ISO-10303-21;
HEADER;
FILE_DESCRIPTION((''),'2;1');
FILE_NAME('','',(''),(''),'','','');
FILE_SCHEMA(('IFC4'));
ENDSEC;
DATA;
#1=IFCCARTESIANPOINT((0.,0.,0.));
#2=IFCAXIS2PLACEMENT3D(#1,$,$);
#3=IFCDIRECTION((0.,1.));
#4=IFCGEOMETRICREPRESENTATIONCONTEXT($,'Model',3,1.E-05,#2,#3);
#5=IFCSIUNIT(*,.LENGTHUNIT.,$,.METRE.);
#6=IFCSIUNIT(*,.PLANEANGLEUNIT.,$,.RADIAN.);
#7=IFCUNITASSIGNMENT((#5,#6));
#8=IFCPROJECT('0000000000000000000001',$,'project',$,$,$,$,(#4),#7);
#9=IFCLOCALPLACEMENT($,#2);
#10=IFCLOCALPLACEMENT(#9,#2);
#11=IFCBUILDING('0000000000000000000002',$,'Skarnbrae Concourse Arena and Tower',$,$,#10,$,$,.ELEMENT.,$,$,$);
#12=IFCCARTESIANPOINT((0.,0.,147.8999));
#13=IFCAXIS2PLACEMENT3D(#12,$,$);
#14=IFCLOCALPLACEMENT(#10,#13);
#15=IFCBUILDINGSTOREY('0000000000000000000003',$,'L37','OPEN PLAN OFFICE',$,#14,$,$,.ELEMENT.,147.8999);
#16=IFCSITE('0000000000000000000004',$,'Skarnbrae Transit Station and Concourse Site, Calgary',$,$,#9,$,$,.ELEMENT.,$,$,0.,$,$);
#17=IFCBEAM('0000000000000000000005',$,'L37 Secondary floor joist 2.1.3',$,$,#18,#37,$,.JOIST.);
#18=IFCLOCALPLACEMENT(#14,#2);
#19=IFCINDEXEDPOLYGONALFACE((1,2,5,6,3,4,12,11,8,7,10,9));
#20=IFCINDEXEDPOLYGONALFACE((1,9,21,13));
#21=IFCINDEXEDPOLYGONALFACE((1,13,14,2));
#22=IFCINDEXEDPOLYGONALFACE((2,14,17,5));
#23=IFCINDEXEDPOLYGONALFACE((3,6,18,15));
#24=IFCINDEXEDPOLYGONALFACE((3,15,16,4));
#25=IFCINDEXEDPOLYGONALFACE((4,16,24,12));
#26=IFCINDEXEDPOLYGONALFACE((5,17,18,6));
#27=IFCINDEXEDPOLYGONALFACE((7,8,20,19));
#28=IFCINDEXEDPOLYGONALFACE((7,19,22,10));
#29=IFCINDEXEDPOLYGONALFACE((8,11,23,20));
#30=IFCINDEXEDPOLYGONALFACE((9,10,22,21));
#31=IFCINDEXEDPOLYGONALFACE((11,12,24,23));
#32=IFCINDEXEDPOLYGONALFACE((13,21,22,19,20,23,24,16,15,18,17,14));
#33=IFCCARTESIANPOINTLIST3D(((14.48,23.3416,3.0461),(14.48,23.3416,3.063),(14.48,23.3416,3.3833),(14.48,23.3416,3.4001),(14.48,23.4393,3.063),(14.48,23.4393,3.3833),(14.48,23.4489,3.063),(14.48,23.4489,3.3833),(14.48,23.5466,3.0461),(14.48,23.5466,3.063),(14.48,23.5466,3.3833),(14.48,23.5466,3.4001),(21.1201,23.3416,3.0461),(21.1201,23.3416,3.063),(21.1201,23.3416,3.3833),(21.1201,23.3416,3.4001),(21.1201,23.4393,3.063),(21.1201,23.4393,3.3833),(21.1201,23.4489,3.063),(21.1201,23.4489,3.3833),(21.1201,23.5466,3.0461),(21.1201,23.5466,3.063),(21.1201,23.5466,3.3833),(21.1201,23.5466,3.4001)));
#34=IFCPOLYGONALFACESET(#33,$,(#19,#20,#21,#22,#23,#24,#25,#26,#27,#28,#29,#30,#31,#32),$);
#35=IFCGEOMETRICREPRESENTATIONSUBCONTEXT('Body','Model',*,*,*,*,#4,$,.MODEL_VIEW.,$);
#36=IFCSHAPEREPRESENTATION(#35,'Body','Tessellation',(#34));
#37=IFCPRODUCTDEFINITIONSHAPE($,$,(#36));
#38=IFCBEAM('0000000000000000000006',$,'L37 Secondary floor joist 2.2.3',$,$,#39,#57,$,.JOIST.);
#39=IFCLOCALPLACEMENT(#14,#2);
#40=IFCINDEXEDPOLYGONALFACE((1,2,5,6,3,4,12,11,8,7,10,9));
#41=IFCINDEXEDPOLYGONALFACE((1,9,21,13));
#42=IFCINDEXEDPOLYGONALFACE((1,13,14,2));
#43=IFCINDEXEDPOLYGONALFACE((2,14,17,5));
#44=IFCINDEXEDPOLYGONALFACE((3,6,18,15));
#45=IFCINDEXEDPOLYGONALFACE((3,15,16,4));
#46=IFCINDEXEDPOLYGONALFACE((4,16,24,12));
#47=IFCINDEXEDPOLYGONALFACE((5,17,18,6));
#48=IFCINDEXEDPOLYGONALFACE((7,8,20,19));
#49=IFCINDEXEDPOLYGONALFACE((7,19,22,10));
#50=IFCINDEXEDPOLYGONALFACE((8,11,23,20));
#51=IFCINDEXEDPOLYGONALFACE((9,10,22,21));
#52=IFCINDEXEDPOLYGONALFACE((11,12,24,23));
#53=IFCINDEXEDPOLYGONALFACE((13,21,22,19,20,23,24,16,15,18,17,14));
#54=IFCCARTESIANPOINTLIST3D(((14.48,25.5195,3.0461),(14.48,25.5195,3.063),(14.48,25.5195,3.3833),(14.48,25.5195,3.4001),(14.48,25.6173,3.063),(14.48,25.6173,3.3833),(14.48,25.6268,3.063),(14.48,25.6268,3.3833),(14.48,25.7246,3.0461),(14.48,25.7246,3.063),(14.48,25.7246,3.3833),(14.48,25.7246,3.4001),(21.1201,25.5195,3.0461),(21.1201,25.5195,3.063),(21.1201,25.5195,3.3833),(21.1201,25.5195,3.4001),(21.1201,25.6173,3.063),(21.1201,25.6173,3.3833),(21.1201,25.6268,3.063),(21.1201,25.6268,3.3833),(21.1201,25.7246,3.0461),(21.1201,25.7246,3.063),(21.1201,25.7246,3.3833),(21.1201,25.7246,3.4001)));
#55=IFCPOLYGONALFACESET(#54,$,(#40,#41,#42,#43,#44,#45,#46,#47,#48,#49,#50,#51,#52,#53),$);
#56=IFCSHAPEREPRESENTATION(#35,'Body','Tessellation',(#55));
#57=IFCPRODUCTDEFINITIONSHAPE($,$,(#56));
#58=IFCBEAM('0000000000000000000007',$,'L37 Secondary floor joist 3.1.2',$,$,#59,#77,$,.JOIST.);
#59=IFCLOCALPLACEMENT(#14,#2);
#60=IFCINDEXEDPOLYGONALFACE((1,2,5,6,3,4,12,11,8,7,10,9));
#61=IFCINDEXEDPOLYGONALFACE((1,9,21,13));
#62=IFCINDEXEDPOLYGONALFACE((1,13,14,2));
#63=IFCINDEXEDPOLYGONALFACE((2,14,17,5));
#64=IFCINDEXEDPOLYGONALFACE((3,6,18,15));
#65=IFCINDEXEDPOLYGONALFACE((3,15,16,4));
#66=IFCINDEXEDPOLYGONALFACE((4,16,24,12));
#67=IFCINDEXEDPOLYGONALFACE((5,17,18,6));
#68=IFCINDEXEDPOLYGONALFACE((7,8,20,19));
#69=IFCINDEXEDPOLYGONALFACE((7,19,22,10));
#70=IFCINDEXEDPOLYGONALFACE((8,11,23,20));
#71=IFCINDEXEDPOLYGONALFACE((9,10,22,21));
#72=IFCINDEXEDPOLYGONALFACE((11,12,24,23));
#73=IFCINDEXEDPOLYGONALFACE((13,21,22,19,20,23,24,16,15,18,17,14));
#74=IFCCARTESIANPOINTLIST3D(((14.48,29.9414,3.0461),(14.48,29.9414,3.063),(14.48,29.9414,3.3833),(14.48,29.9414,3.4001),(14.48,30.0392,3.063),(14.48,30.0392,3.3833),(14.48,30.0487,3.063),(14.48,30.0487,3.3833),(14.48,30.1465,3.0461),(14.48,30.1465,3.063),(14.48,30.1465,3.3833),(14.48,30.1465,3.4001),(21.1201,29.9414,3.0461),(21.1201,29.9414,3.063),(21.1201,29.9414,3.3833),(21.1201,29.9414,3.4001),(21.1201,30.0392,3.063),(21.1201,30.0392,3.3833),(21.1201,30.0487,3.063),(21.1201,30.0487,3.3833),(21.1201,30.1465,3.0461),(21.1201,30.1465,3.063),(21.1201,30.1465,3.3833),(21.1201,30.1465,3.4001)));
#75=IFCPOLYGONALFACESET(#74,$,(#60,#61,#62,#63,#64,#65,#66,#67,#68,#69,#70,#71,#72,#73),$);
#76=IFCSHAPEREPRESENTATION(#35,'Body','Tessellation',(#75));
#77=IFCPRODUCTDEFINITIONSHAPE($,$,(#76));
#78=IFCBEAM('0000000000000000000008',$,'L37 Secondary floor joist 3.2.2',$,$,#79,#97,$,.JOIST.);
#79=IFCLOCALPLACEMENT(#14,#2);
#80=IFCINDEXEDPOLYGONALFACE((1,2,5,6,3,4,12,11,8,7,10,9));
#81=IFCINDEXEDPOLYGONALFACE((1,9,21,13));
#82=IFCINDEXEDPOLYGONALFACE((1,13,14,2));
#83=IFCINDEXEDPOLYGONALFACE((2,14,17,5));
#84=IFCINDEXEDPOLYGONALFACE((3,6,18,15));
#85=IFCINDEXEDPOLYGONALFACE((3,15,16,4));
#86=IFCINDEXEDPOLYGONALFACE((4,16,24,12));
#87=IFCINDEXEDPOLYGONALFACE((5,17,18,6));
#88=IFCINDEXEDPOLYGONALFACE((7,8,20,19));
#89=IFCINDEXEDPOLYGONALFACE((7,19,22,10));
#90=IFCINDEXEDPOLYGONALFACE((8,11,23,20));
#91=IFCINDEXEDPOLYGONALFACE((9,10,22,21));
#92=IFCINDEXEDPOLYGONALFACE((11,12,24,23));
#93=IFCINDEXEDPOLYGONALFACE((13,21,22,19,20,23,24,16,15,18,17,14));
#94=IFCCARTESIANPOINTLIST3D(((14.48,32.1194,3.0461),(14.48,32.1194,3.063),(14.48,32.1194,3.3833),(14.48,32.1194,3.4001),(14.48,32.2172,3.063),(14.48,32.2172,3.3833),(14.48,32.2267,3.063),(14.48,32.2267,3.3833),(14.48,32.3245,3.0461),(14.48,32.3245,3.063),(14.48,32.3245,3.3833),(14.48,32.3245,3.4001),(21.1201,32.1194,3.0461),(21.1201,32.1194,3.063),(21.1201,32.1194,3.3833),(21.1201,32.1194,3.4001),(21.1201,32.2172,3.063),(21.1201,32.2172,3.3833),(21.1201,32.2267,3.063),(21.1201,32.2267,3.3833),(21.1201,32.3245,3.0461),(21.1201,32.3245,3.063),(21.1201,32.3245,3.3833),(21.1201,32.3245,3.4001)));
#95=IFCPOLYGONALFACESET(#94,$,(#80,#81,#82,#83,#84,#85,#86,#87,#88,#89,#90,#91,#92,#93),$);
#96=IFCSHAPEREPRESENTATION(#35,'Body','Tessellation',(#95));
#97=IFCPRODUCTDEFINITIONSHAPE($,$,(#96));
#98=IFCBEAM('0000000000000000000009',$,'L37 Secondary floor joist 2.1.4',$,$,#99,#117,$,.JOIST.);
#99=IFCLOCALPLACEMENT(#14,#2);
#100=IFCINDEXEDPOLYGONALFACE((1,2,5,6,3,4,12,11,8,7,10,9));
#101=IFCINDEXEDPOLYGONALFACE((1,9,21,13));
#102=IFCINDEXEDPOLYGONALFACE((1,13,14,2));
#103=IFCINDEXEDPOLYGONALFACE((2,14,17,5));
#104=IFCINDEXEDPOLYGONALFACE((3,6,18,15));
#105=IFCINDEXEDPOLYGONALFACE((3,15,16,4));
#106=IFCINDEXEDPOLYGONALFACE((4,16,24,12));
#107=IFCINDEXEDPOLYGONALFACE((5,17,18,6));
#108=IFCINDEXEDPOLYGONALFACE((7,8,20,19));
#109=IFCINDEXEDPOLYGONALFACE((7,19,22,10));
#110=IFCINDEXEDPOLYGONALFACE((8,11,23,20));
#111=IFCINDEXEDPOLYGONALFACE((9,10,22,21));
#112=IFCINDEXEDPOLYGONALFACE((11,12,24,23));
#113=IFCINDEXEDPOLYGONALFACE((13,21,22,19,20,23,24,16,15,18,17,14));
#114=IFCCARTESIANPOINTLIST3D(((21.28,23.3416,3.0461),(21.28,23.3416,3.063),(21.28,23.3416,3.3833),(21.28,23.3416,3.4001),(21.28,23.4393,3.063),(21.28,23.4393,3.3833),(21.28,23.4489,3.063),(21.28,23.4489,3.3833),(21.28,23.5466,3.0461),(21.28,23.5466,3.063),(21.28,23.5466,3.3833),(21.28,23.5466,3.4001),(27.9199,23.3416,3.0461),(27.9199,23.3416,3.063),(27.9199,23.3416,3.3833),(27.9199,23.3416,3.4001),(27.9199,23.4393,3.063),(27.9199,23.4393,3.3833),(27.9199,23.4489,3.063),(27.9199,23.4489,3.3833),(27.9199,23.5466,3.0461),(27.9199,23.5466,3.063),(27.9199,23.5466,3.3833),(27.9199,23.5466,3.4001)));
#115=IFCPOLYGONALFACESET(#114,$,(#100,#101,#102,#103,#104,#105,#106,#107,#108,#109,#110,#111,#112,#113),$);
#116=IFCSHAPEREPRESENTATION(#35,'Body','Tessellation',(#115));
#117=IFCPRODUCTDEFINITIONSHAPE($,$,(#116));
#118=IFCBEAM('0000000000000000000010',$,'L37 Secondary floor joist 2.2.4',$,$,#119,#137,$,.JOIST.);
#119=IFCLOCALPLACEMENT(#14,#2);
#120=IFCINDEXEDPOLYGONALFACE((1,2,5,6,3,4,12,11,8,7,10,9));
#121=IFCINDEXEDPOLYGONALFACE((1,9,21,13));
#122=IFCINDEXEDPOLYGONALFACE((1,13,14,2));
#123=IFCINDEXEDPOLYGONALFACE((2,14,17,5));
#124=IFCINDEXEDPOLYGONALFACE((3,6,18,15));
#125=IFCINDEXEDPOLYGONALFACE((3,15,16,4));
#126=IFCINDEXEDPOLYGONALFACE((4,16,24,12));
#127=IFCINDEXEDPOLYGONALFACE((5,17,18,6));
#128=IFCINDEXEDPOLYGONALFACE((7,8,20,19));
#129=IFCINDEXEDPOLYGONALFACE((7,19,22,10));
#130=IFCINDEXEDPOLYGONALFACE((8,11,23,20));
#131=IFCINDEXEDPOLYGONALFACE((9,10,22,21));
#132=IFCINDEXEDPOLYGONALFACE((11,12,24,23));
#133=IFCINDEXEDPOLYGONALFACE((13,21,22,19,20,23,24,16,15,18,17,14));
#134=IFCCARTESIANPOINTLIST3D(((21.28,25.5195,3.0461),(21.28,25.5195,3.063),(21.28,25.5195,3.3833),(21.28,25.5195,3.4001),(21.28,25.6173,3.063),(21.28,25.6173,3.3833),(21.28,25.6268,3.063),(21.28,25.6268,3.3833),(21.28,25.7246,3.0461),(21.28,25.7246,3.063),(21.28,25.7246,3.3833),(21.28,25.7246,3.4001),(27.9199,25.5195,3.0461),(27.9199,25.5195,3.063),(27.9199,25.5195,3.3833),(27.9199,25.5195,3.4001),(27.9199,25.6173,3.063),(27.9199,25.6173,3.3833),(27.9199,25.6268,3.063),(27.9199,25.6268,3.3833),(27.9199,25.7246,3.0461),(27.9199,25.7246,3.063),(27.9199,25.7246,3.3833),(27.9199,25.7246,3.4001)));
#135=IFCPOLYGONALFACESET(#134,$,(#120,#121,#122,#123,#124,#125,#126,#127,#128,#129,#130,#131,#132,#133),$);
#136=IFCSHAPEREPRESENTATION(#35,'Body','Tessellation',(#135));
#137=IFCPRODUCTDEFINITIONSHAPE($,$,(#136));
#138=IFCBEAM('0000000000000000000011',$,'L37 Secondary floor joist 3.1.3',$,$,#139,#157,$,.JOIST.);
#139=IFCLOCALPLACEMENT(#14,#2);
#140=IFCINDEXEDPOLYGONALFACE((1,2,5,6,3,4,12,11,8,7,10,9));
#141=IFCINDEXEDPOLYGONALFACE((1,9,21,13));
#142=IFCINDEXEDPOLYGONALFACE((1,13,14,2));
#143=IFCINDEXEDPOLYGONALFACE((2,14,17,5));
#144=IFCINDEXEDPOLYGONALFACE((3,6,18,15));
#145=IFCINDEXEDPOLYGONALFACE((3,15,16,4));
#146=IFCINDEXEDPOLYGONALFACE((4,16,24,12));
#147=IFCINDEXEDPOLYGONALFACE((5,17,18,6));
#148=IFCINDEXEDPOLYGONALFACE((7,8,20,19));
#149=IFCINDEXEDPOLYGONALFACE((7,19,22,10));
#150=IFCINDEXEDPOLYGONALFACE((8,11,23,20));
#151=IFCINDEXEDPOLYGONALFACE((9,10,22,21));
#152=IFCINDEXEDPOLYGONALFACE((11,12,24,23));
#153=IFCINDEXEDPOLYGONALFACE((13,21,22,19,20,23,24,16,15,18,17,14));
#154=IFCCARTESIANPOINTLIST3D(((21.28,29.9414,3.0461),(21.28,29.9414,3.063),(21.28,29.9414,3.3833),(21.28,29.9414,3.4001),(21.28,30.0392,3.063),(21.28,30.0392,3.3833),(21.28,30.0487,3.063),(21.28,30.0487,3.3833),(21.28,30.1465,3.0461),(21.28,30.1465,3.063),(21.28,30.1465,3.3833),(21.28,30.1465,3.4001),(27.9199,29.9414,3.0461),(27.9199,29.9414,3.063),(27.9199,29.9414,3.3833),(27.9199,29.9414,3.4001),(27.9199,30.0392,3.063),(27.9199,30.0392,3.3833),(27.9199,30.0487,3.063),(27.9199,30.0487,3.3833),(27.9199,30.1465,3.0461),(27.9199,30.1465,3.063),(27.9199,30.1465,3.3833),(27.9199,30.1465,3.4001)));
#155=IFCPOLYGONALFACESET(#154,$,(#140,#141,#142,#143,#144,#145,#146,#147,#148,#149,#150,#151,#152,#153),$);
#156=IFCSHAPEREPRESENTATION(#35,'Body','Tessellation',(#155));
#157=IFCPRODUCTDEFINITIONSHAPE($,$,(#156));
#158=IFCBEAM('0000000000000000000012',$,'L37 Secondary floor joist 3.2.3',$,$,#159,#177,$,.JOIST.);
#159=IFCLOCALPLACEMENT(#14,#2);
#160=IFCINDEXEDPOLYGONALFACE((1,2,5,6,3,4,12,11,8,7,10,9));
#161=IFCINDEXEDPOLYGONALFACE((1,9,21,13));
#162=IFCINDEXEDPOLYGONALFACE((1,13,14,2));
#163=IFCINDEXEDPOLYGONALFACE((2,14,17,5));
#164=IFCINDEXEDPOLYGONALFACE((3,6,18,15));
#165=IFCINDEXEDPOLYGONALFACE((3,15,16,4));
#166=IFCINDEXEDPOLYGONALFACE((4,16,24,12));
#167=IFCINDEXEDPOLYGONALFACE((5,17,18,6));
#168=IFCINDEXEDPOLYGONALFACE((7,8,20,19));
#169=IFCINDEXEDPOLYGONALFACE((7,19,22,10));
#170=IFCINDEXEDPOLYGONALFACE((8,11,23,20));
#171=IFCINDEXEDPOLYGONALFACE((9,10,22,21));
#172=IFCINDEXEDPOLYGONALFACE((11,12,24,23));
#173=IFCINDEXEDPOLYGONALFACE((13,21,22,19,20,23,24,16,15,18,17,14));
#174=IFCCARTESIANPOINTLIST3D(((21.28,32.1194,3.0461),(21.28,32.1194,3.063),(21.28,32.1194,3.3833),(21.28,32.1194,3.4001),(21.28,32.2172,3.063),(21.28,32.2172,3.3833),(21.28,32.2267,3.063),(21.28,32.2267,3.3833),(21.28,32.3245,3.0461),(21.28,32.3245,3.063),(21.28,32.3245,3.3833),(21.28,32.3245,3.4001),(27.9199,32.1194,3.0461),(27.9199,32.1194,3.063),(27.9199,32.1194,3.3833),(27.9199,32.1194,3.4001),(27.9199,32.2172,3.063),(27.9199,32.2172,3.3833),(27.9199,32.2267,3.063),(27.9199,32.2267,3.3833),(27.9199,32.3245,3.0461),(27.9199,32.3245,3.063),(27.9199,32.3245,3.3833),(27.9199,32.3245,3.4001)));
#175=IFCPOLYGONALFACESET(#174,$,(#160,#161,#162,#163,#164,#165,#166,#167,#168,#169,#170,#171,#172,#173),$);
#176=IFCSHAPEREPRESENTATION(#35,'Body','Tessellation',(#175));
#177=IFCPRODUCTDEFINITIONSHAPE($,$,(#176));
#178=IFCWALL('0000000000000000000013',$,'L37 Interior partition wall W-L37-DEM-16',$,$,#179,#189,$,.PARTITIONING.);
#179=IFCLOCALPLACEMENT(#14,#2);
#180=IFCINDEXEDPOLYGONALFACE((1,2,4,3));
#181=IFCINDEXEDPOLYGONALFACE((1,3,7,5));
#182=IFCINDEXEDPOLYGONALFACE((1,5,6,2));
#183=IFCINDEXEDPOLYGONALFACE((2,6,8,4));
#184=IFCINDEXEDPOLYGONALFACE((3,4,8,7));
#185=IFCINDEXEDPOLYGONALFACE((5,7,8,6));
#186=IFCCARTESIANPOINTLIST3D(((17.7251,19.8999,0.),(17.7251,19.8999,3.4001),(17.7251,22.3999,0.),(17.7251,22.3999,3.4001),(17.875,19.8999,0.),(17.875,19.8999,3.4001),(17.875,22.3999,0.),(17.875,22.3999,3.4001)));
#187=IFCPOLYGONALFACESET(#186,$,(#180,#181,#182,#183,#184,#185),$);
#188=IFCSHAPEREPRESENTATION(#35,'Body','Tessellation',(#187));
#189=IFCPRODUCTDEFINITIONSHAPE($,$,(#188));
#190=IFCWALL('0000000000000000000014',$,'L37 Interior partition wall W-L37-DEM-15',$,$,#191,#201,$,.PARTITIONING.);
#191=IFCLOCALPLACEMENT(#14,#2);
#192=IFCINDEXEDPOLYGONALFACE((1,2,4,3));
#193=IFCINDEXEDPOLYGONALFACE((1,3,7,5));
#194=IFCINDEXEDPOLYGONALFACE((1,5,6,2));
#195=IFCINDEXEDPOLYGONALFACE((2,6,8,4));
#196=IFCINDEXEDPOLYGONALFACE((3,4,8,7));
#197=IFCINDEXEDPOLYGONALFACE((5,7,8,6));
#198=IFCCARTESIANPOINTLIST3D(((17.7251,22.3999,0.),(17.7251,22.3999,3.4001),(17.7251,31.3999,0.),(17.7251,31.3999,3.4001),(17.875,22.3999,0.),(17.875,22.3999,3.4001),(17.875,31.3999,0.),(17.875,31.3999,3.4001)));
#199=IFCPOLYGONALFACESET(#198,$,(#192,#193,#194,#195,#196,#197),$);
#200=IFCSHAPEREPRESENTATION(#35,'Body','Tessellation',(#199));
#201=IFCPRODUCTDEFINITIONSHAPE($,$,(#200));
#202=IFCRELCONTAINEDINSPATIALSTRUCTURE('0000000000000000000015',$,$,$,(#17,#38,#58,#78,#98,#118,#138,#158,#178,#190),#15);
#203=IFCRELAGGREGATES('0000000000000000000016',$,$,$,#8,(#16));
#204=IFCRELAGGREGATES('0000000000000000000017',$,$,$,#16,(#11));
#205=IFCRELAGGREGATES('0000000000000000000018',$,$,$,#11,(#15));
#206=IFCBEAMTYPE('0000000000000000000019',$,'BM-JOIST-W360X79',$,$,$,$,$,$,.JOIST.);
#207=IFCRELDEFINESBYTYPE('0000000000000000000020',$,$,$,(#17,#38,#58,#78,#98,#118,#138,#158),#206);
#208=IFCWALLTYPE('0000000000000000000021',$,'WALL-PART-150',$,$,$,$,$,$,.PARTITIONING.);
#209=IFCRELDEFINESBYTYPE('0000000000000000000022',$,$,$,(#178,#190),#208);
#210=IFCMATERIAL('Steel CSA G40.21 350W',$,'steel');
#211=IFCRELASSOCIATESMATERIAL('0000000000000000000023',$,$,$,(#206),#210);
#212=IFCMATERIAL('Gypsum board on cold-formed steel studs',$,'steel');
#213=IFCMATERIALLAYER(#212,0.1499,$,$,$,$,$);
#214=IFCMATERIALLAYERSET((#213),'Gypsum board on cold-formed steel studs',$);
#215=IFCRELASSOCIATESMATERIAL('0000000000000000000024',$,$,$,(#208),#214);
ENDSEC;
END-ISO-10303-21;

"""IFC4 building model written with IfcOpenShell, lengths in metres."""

from ifc_helpers import new_model, si_unit, direction, frame, frame_2d, origin, origin_2d, place, context, subcontext, project, spatial, rectangle, i_section, extrude, source, transform, mapped, material, layer, layer_set, material_profile, profile_set, type_object, element, save


model = new_model("IFC4")

# Units and contexts
model_context = context("Model", 3, precision=1e-05, world=origin(), true_north=direction((0.0, 1.0)))
body_context = subcontext(model_context, "Body", "Model", "MODEL_VIEW")
ifc_project = project(units=[si_unit("LENGTHUNIT", "METRE"), si_unit("PLANEANGLEUNIT", "RADIAN")], contexts=[model_context])

# Site, building, storey
site_placement = place(None, origin())
site = spatial("IfcSite", under=ifc_project, at=site_placement, Name="Skarnbrae Transit Station and Concourse Site, Calgary", CompositionType="ELEMENT", RefElevation=0.0)
building_placement = place(site_placement, origin())
building = spatial("IfcBuilding", under=site, at=building_placement, Name="Skarnbrae Concourse Arena and Tower", CompositionType="ELEMENT")
storey_placement = place(building_placement, frame((0.0, 0.0, 147.8999)))
storey = spatial("IfcBuildingStorey", under=building, at=storey_placement, Name="L37", Description="OPEN PLAN OFFICE", CompositionType="ELEMENT", Elevation=147.8999)

# Shared definitions
ifc_material_1 = material(Name="Steel CSA G40.21 350W", Category="steel")

# Beams
ifc_material_profile_1 = material_profile(ifc_material_1, i_section(OverallWidth=0.2051, OverallDepth=0.354, WebThickness=0.0095, FlangeThickness=0.0168, at=origin_2d()), Name="W360X79")
ifc_profile_set_1 = profile_set([ifc_material_profile_1], Name="Steel CSA G40.21 350W")
beam_type_1 = type_object("IfcBeamType", Name="BM-JOIST-W360X79", PredefinedType="JOIST", material=ifc_profile_set_1)
shared_shape_1 = source(origin(), body_context, "Body", "SweptSolid", [
    extrude(i_section(OverallWidth=0.2051, OverallDepth=0.354, WebThickness=0.0095, FlangeThickness=0.0168, at=origin_2d()), origin(), (0.0, 0.0, 1.0), 6.6401),
])
for number, where, z_axis, x_axis, name in (
    (1, (14.48, 23.4441, 3.2231), (1.0, 0.0, 0.0), (0.0, 1.0, 0.0), "L37 Secondary floor joist 2.1.3"),
    (2, (14.48, 25.6221, 3.2231), (1.0, 0.0, 0.0), (0.0, 1.0, 0.0), "L37 Secondary floor joist 2.2.3"),
    (3, (14.48, 30.0439, 3.2231), (1.0, 0.0, 0.0), (0.0, 1.0, 0.0), "L37 Secondary floor joist 3.1.2"),
    (4, (14.48, 32.2219, 3.2231), (1.0, 0.0, 0.0), (0.0, 1.0, 0.0), "L37 Secondary floor joist 3.2.2"),
):
    element("IfcBeam", number, at=place(storey_placement, frame(where, z_axis=z_axis, x_axis=x_axis)), inside=storey, type_object=beam_type_1, Name=name, PredefinedType="JOIST", context=body_context, shape_type="MappedRepresentation", body=[
        mapped(shared_shape_1, transform((0.0, 0.0, 0.0))),
    ])
shared_shape_2 = source(origin(), body_context, "Body", "SweptSolid", [
    extrude(i_section(OverallWidth=0.2051, OverallDepth=0.354, WebThickness=0.0095, FlangeThickness=0.0168, at=origin_2d()), origin(), (0.0, 0.0, 1.0), 6.6399),
])
for number, where, z_axis, x_axis, name in (
    (5, (21.28, 23.4441, 3.2231), (1.0, 0.0, 0.0), (0.0, 1.0, 0.0), "L37 Secondary floor joist 2.1.4"),
    (6, (21.28, 25.6221, 3.2231), (1.0, 0.0, 0.0), (0.0, 1.0, 0.0), "L37 Secondary floor joist 2.2.4"),
    (7, (21.28, 30.0439, 3.2231), (1.0, 0.0, 0.0), (0.0, 1.0, 0.0), "L37 Secondary floor joist 3.1.3"),
    (8, (21.28, 32.2219, 3.2231), (1.0, 0.0, 0.0), (0.0, 1.0, 0.0), "L37 Secondary floor joist 3.2.3"),
):
    element("IfcBeam", number, at=place(storey_placement, frame(where, z_axis=z_axis, x_axis=x_axis)), inside=storey, type_object=beam_type_1, Name=name, PredefinedType="JOIST", context=body_context, shape_type="MappedRepresentation", body=[
        mapped(shared_shape_2, transform((0.0, 0.0, 0.0))),
    ])

# Walls
ifc_material_2 = material(Name="Gypsum board on cold-formed steel studs", Category="steel")
ifc_layer = layer(ifc_material_2, 0.1499)
ifc_layer_set = layer_set([ifc_layer], Name="Gypsum board on cold-formed steel studs")
wall_type = type_object("IfcWallType", Name="WALL-PART-150", PredefinedType="PARTITIONING", material=ifc_layer_set)
shared_shape_3 = source(origin(), body_context, "Body", "SweptSolid", [
    extrude(rectangle(XDim=2.5, YDim=0.1499, at=frame_2d((1.25, 0.0))), origin(), (0.0, 0.0, 1.0), 3.4001),
])
wall_1_placement = place(storey_placement, frame((17.8, 22.3999, 0.0), z_axis=(0.0, 0.0, 1.0), x_axis=(0.0, -1.0, 0.0)))
element("IfcWall", 9, at=wall_1_placement, inside=storey, type_object=wall_type, Name="L37 Interior partition wall W-L37-DEM-16", PredefinedType="PARTITIONING", context=body_context, shape_type="MappedRepresentation", body=[
    mapped(shared_shape_3, transform((0.0, 0.0, 0.0))),
])
shared_shape_4 = source(origin(), body_context, "Body", "SweptSolid", [
    extrude(rectangle(XDim=9.0, YDim=0.1499, at=frame_2d((4.5, 0.0))), origin(), (0.0, 0.0, 1.0), 3.4001),
])
wall_2_placement = place(storey_placement, frame((17.8, 31.3999, 0.0), z_axis=(0.0, 0.0, 1.0), x_axis=(0.0, -1.0, 0.0)))
element("IfcWall", 10, at=wall_2_placement, inside=storey, type_object=wall_type, Name="L37 Interior partition wall W-L37-DEM-15", PredefinedType="PARTITIONING", context=body_context, shape_type="MappedRepresentation", body=[
    mapped(shared_shape_4, transform((0.0, 0.0, 0.0))),
])

save(model, "model.ifc")
